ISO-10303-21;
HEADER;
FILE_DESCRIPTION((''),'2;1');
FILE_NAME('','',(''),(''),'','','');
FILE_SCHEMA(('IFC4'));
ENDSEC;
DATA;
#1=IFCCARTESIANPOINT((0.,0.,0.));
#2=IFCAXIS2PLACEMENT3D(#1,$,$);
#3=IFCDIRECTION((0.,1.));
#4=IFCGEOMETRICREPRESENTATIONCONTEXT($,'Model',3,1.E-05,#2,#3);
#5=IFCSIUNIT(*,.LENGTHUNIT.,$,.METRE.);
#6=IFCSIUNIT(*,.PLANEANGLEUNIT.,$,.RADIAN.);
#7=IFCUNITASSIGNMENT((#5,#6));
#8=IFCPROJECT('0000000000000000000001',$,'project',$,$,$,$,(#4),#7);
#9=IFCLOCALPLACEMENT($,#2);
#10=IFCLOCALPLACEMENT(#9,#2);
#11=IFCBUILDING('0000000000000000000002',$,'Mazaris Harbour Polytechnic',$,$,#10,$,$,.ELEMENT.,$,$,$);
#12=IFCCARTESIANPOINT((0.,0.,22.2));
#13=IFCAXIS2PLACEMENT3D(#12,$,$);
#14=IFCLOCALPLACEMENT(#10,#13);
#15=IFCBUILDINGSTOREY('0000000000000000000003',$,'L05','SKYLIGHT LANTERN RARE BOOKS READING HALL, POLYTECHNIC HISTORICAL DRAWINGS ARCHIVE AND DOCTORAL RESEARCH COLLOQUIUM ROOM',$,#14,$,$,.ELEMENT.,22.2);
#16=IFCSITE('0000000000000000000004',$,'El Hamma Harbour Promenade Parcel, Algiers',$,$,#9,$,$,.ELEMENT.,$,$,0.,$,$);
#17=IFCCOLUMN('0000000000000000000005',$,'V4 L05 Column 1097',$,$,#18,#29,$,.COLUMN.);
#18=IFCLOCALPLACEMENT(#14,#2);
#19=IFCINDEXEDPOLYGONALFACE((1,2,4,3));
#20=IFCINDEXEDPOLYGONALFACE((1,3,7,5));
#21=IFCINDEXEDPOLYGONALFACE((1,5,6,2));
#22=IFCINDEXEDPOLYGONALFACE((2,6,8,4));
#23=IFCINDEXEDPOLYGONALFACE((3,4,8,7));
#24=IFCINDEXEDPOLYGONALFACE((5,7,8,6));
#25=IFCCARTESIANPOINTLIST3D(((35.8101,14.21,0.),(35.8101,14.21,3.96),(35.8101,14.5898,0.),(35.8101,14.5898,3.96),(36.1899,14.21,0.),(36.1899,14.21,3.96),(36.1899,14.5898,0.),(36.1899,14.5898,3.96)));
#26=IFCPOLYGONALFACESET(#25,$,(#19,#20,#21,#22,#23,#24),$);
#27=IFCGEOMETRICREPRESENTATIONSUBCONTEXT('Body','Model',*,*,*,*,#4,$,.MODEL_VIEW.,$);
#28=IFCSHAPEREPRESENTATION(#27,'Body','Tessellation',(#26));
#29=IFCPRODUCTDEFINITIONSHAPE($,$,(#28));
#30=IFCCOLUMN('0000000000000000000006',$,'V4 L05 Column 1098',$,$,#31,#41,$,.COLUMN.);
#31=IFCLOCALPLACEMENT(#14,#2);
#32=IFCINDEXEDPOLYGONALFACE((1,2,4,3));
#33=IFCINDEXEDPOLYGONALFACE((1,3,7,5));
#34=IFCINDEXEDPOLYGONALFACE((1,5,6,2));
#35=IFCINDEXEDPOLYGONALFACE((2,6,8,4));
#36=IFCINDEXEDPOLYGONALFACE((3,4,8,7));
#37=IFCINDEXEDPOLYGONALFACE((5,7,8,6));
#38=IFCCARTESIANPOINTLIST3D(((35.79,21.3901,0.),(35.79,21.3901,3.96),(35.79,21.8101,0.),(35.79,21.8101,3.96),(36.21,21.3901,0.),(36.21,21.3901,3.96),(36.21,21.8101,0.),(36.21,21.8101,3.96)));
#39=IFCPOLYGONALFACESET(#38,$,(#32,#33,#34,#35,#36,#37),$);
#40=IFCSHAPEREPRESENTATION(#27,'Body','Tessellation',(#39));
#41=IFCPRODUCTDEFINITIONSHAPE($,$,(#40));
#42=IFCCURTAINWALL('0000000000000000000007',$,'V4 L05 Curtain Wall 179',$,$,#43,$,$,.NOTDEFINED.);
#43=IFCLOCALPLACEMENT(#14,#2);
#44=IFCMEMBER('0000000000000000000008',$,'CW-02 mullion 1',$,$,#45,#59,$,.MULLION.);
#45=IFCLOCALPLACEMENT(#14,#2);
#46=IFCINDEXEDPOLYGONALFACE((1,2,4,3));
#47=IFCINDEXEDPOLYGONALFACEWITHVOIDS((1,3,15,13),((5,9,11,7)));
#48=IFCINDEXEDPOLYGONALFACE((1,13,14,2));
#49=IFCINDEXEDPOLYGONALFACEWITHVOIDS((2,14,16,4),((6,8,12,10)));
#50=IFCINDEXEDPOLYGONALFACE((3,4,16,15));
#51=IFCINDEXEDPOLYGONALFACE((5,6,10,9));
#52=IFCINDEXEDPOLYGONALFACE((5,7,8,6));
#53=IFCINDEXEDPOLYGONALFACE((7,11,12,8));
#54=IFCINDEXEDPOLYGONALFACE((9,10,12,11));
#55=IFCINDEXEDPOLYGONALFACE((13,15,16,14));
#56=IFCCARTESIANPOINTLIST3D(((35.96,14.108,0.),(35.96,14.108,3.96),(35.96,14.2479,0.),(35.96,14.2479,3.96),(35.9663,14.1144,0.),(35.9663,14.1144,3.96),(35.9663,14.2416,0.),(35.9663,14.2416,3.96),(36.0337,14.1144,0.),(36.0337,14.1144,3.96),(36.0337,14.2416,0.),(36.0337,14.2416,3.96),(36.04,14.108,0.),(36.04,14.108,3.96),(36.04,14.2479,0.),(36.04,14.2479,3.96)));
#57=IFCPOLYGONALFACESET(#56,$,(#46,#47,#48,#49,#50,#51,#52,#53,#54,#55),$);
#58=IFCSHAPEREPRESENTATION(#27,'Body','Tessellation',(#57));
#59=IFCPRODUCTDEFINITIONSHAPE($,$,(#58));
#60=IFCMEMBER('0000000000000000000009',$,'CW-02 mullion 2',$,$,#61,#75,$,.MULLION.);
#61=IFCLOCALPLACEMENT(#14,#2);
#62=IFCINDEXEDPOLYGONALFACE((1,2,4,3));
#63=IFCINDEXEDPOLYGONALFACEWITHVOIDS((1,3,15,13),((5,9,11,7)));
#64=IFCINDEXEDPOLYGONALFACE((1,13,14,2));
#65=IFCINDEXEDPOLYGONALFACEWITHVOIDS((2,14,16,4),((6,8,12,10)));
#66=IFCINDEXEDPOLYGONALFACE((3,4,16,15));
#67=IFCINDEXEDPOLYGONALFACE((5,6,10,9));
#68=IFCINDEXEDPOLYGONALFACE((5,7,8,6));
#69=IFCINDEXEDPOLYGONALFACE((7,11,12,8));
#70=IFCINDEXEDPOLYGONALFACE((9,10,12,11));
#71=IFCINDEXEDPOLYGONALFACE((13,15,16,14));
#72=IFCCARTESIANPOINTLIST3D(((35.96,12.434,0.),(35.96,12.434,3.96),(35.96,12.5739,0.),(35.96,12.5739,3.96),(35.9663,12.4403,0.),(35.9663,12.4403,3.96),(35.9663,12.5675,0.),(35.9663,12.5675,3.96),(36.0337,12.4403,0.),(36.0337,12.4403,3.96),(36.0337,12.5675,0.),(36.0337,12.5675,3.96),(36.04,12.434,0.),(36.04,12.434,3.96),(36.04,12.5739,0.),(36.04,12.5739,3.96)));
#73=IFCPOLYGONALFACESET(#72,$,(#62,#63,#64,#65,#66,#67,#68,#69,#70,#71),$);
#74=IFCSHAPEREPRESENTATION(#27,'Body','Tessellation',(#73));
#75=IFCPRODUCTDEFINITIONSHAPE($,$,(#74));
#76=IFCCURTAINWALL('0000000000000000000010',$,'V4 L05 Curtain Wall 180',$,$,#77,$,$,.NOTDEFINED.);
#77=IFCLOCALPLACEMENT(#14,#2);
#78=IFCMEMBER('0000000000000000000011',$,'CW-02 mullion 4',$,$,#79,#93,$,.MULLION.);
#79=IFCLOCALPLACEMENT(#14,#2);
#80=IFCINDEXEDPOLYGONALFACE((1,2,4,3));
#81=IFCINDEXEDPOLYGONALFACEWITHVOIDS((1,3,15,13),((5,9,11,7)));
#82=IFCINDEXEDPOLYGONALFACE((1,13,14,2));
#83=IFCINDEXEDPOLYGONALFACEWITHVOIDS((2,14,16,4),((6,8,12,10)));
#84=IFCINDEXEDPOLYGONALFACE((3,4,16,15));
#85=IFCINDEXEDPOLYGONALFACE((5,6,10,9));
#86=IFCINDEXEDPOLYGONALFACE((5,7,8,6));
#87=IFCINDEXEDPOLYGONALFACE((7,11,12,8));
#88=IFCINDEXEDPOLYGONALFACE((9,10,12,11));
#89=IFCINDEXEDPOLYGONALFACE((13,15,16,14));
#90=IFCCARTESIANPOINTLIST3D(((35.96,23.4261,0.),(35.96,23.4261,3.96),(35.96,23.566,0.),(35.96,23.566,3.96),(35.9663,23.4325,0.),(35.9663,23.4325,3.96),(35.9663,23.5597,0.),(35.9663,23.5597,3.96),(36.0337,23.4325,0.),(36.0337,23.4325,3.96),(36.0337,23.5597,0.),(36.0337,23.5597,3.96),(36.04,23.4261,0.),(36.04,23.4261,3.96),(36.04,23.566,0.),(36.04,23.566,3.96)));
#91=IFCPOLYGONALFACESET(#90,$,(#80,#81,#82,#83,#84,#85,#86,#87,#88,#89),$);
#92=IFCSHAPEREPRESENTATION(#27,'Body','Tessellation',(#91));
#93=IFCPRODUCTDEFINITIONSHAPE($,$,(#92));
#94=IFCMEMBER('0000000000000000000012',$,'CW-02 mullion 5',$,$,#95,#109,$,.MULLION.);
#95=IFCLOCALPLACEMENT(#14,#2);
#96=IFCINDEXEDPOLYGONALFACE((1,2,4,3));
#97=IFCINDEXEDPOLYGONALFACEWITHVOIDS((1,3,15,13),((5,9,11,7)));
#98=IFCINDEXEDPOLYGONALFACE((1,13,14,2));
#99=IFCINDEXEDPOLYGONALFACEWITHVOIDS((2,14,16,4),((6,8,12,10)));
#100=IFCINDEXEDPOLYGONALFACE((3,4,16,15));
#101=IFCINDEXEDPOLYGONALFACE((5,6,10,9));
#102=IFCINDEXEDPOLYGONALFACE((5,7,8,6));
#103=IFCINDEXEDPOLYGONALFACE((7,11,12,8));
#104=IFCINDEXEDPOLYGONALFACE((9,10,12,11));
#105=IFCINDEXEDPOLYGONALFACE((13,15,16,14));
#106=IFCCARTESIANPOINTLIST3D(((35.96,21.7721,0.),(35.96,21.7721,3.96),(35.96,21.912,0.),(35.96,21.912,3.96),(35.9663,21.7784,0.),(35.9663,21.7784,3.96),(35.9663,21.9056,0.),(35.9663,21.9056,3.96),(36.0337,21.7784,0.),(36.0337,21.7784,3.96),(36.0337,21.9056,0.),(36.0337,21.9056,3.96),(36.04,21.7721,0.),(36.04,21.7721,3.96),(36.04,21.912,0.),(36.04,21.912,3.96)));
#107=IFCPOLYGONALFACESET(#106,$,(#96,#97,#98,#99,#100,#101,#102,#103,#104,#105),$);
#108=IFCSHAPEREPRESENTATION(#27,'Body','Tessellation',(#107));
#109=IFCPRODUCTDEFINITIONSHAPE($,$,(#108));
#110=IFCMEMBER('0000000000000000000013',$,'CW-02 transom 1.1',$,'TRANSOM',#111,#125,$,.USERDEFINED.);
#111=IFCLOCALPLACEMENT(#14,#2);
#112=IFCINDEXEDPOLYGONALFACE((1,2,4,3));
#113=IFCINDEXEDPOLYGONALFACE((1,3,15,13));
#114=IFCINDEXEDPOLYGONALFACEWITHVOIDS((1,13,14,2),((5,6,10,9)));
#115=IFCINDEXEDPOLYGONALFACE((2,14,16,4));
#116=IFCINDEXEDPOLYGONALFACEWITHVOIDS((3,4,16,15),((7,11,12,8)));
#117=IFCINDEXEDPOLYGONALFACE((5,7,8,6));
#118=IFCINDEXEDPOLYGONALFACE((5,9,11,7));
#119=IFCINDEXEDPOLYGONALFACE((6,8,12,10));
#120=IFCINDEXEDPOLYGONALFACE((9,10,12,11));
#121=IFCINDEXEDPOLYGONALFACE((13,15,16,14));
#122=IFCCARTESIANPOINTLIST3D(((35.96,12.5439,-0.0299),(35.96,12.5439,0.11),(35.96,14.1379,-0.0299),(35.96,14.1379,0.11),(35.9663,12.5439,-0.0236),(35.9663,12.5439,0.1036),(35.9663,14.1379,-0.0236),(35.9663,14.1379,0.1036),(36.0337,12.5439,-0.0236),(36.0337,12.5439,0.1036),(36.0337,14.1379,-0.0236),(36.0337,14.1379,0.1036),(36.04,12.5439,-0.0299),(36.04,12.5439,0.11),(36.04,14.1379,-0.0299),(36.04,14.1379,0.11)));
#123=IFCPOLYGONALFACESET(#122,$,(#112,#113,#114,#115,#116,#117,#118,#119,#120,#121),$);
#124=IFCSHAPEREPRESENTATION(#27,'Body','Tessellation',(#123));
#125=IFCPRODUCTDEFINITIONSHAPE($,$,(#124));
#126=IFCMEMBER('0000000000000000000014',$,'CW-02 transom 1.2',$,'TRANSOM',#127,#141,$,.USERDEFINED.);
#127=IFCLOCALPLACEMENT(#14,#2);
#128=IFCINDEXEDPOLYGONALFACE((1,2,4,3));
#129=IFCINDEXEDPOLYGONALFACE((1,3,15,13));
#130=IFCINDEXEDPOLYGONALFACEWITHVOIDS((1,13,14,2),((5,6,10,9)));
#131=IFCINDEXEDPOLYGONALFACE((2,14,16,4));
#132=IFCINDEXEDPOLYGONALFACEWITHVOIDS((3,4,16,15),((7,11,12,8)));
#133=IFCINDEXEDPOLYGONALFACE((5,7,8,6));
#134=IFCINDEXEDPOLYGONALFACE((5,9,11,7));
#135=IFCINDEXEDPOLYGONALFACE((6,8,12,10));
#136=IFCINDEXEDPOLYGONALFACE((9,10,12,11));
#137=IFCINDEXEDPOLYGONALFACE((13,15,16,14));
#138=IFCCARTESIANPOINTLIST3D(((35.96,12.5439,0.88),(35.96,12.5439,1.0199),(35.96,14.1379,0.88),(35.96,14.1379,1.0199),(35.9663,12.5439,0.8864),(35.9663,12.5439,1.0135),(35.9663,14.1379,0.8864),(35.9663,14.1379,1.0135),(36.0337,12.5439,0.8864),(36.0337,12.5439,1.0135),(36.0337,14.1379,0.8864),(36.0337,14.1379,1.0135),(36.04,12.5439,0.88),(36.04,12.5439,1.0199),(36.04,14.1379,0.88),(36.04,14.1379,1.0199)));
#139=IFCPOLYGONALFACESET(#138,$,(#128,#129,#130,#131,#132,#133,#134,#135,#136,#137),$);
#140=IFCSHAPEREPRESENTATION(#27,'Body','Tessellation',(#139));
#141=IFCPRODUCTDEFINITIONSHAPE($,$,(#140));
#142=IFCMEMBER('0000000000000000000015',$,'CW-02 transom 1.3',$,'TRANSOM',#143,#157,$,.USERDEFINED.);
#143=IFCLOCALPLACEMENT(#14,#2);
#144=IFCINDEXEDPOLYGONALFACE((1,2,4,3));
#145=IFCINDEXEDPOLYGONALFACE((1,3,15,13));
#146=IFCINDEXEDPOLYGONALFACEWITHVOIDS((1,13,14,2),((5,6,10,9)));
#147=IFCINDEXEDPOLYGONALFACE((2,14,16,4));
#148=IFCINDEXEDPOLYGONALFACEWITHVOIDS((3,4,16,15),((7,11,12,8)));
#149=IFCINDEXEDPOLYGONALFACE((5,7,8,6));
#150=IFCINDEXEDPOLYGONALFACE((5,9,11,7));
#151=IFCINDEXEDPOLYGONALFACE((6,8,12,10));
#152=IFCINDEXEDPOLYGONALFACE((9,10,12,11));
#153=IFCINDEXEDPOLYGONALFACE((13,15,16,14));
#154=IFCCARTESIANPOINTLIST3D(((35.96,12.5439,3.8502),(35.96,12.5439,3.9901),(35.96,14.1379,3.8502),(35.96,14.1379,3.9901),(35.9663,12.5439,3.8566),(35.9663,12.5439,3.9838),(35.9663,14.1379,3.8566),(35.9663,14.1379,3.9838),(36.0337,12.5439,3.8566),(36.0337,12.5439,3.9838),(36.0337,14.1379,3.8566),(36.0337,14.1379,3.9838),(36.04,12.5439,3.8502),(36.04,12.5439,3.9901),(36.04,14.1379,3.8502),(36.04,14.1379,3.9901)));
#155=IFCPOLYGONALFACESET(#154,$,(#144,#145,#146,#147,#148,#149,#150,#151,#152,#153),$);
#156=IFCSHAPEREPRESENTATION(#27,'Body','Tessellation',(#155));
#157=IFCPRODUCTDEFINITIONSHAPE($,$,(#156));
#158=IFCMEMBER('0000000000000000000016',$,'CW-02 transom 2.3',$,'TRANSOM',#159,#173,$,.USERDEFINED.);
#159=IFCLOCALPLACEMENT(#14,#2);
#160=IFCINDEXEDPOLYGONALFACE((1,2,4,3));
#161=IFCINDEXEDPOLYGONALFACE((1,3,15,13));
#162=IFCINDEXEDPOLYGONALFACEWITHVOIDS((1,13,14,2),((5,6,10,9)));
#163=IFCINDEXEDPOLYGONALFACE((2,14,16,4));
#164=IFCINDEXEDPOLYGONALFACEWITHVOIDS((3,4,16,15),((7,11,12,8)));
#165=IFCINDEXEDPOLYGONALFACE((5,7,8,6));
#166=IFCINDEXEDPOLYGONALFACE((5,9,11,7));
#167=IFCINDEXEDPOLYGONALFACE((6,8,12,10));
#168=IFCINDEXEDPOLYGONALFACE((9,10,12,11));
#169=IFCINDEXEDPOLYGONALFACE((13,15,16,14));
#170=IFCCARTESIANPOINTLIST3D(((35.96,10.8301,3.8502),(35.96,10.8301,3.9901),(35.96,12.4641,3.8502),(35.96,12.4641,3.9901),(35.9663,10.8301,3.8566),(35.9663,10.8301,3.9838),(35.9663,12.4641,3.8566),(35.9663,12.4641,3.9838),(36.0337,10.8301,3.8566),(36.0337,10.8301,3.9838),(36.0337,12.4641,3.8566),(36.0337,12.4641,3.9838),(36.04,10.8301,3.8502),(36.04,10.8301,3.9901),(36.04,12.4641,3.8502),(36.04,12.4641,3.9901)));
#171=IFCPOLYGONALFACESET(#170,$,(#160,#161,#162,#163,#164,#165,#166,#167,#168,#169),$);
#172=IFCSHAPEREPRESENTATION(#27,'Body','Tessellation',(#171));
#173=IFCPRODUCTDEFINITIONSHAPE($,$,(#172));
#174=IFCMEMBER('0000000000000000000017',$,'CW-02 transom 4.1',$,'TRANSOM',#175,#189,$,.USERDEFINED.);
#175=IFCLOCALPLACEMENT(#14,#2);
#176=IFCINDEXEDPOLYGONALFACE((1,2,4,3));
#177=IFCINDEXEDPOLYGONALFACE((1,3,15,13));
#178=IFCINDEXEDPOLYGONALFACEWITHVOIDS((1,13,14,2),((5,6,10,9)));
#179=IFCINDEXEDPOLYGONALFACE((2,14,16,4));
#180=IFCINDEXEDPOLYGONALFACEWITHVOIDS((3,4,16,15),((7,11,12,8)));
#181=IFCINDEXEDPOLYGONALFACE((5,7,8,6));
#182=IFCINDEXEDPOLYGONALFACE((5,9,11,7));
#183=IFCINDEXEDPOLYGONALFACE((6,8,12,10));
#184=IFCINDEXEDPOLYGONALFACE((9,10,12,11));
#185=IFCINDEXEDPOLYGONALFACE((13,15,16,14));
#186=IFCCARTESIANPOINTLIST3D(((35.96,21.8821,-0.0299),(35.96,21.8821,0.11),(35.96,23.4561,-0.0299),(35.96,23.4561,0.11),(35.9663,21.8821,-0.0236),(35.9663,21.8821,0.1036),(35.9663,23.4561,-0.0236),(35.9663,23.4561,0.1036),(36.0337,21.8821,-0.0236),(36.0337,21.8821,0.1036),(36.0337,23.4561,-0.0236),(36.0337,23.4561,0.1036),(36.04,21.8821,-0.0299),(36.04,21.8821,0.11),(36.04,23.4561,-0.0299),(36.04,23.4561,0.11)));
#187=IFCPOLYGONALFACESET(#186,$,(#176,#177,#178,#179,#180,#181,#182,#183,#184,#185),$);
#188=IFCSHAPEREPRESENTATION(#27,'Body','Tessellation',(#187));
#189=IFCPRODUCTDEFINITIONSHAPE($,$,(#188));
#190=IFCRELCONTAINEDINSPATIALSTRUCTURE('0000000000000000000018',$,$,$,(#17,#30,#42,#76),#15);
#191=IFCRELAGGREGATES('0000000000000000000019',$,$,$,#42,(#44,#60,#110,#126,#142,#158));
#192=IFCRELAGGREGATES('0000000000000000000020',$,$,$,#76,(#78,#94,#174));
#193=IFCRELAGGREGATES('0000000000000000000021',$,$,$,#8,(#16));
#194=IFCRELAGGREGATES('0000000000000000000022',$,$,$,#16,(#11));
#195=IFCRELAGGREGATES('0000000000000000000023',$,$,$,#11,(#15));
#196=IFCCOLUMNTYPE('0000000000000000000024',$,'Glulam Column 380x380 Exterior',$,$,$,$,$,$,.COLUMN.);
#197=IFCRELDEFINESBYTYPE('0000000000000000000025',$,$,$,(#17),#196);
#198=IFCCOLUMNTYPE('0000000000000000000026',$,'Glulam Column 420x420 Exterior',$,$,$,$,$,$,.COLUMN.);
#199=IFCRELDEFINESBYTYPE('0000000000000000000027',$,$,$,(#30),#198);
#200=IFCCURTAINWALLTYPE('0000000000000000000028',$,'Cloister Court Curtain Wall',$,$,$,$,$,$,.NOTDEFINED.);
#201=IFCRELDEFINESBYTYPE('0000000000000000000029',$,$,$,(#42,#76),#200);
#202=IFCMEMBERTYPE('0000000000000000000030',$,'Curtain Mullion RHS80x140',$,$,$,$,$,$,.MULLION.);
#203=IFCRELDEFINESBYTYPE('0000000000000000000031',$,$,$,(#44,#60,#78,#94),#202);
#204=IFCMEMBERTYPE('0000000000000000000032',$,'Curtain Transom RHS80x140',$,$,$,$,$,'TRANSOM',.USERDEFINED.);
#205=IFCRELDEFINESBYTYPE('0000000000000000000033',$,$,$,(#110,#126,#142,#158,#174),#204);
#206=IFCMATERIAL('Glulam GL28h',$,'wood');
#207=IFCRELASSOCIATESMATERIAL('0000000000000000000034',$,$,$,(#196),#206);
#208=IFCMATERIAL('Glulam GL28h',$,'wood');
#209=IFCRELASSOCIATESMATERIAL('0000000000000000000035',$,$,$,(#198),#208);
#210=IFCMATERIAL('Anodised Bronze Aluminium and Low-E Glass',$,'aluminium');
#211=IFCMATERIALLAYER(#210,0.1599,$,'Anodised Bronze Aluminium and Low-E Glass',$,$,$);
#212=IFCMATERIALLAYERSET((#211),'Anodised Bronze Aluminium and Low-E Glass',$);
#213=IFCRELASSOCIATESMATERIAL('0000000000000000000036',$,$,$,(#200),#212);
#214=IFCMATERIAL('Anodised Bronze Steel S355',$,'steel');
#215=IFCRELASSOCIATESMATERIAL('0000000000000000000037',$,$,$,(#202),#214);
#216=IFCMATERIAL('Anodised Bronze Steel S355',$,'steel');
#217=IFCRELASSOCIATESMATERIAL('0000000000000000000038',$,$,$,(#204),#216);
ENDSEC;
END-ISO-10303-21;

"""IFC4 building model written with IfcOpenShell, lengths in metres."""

from ifc_helpers import new_model, si_unit, direction, frame, origin, origin_2d, place, context, subcontext, project, spatial, rectangle, hollow_rectangle, extrude, material, layer, layer_set, material_profile, profile_set, type_object, element, aggregate, save


model = new_model("IFC4")

# Units and contexts
model_context = context("Model", 3, precision=1e-05, world=origin(), true_north=direction((0.0, 1.0)))
body_context = subcontext(model_context, "Body", "Model", "MODEL_VIEW")
ifc_project = project(units=[si_unit("LENGTHUNIT", "METRE"), si_unit("PLANEANGLEUNIT", "RADIAN")], contexts=[model_context])

# Site, building, storey
site_placement = place(None, origin())
site = spatial("IfcSite", under=ifc_project, at=site_placement, Name="El Hamma Harbour Promenade Parcel, Algiers", CompositionType="ELEMENT", RefElevation=0.0)
building_placement = place(site_placement, origin())
building = spatial("IfcBuilding", under=site, at=building_placement, Name="Mazaris Harbour Polytechnic", CompositionType="ELEMENT")
storey_placement = place(building_placement, frame((0.0, 0.0, 22.2)))
storey = spatial("IfcBuildingStorey", under=building, at=storey_placement, Name="L05", Description="SKYLIGHT LANTERN RARE BOOKS READING HALL, POLYTECHNIC HISTORICAL DRAWINGS ARCHIVE AND DOCTORAL RESEARCH COLLOQUIUM ROOM", CompositionType="ELEMENT", Elevation=22.2)

# Columns
ifc_material_1 = material(Name="Glulam GL28h", Category="wood")
ifc_material_profile_1 = material_profile(ifc_material_1, rectangle(XDim=0.3799, YDim=0.3799, at=origin_2d()), Name="RECT380x380")
ifc_profile_set_1 = profile_set([ifc_material_profile_1], Name="Glulam GL28h")
column_type_1 = type_object("IfcColumnType", Name="Glulam Column 380x380 Exterior", PredefinedType="COLUMN", material=ifc_profile_set_1)
column_1_placement = place(storey_placement, frame((36.0, 14.3999, 0.0), z_axis=(0.0, 0.0, 1.0), x_axis=(1.0, 0.0, 0.0)))
element("IfcColumn", 1, at=column_1_placement, inside=storey, type_object=column_type_1, Name="V4 L05 Column 1097", PredefinedType="COLUMN", context=body_context, shape_type="SweptSolid", body=[
    extrude(rectangle(XDim=0.3799, YDim=0.3799, at=origin_2d()), origin(), (0.0, 0.0, 1.0), 3.96),
])
ifc_material_2 = material(Name="Glulam GL28h", Category="wood")
ifc_material_profile_2 = material_profile(ifc_material_2, rectangle(XDim=0.4199, YDim=0.4199, at=origin_2d()), Name="RECT420x420")
ifc_profile_set_2 = profile_set([ifc_material_profile_2], Name="Glulam GL28h")
column_type_2 = type_object("IfcColumnType", Name="Glulam Column 420x420 Exterior", PredefinedType="COLUMN", material=ifc_profile_set_2)
column_2_placement = place(storey_placement, frame((36.0, 21.6001, 0.0), z_axis=(0.0, 0.0, 1.0), x_axis=(1.0, 0.0, 0.0)))
element("IfcColumn", 2, at=column_2_placement, inside=storey, type_object=column_type_2, Name="V4 L05 Column 1098", PredefinedType="COLUMN", context=body_context, shape_type="SweptSolid", body=[
    extrude(rectangle(XDim=0.4199, YDim=0.4199, at=origin_2d()), origin(), (0.0, 0.0, 1.0), 3.96),
])

# Curtain walls, members
ifc_material_3 = material(Name="Anodised Bronze Aluminium and Low-E Glass", Category="aluminium")
ifc_layer_1 = layer(ifc_material_3, 0.1599, Name="Anodised Bronze Aluminium and Low-E Glass")
ifc_layer_set_1 = layer_set([ifc_layer_1], Name="Anodised Bronze Aluminium and Low-E Glass")
curtain_wall_type = type_object("IfcCurtainWallType", Name="Cloister Court Curtain Wall", PredefinedType="NOTDEFINED", material=ifc_layer_set_1)
curtain_wall_1_placement = place(storey_placement, origin())
curtain_wall_1 = element("IfcCurtainWall", 3, at=curtain_wall_1_placement, inside=storey, type_object=curtain_wall_type, Name="V4 L05 Curtain Wall 179", PredefinedType="NOTDEFINED")
ifc_material_4 = material(Name="Anodised Bronze Steel S355", Category="steel")
ifc_material_profile_3 = material_profile(ifc_material_4, hollow_rectangle(XDim=0.0801, YDim=0.1399, WallThickness=0.0063, at=origin_2d()), Name="RHS 80x140x6.3")
ifc_profile_set_3 = profile_set([ifc_material_profile_3], Name="Anodised Bronze Steel S355")
member_type_1 = type_object("IfcMemberType", Name="Curtain Mullion RHS80x140", PredefinedType="MULLION", material=ifc_profile_set_3)
member_1_placement = place(storey_placement, frame((36.0, 14.178, 0.0), z_axis=(0.0, 0.0, 1.0), x_axis=(1.0, 0.0, 0.0)))
member_1 = element("IfcMember", 4, at=member_1_placement, type_object=member_type_1, Name="CW-02 mullion 1", PredefinedType="MULLION", context=body_context, shape_type="SweptSolid", body=[
    extrude(hollow_rectangle(XDim=0.0801, YDim=0.1399, WallThickness=0.0063, at=origin_2d()), origin(), (0.0, 0.0, 1.0), 3.96),
])
member_2_placement = place(storey_placement, frame((36.0, 12.5039, 0.0), z_axis=(0.0, 0.0, 1.0), x_axis=(1.0, 0.0, 0.0)))
member_2 = element("IfcMember", 5, at=member_2_placement, type_object=member_type_1, Name="CW-02 mullion 2", PredefinedType="MULLION", context=body_context, shape_type="SweptSolid", body=[
    extrude(hollow_rectangle(XDim=0.0801, YDim=0.1399, WallThickness=0.0063, at=origin_2d()), origin(), (0.0, 0.0, 1.0), 3.96),
])
curtain_wall_2_placement = place(storey_placement, origin())
curtain_wall_2 = element("IfcCurtainWall", 6, at=curtain_wall_2_placement, inside=storey, type_object=curtain_wall_type, Name="V4 L05 Curtain Wall 180", PredefinedType="NOTDEFINED")
member_3_placement = place(storey_placement, frame((36.0, 23.4961, 0.0), z_axis=(0.0, 0.0, 1.0), x_axis=(1.0, 0.0, 0.0)))
member_3 = element("IfcMember", 7, at=member_3_placement, type_object=member_type_1, Name="CW-02 mullion 4", PredefinedType="MULLION", context=body_context, shape_type="SweptSolid", body=[
    extrude(hollow_rectangle(XDim=0.0801, YDim=0.1399, WallThickness=0.0063, at=origin_2d()), origin(), (0.0, 0.0, 1.0), 3.96),
])
member_4_placement = place(storey_placement, frame((36.0, 21.842, 0.0), z_axis=(0.0, 0.0, 1.0), x_axis=(1.0, 0.0, 0.0)))
member_4 = element("IfcMember", 8, at=member_4_placement, type_object=member_type_1, Name="CW-02 mullion 5", PredefinedType="MULLION", context=body_context, shape_type="SweptSolid", body=[
    extrude(hollow_rectangle(XDim=0.0801, YDim=0.1399, WallThickness=0.0063, at=origin_2d()), origin(), (0.0, 0.0, 1.0), 3.96),
])

# Members
ifc_material_5 = material(Name="Anodised Bronze Steel S355", Category="steel")
ifc_material_profile_4 = material_profile(ifc_material_5, hollow_rectangle(XDim=0.0801, YDim=0.1399, WallThickness=0.0063, at=origin_2d()), Name="RHS 80x140x6.3")
ifc_profile_set_4 = profile_set([ifc_material_profile_4], Name="Anodised Bronze Steel S355")
member_type_2 = type_object("IfcMemberType", Name="Curtain Transom RHS80x140", ElementType="TRANSOM", PredefinedType="USERDEFINED", material=ifc_profile_set_4)
member_5_placement = place(storey_placement, frame((36.0, 14.1379, 0.04), z_axis=(0.0, -1.0, 0.0), x_axis=(1.0, 0.0, 0.0)))
member_5 = element("IfcMember", 9, at=member_5_placement, type_object=member_type_2, Name="CW-02 transom 1.1", ObjectType="TRANSOM", PredefinedType="USERDEFINED", context=body_context, shape_type="SweptSolid", body=[
    extrude(hollow_rectangle(XDim=0.0801, YDim=0.1399, WallThickness=0.0063, at=origin_2d()), origin(), (0.0, 0.0, 1.0), 1.594),
])
member_6_placement = place(storey_placement, frame((36.0, 14.1379, 0.95), z_axis=(0.0, -1.0, 0.0), x_axis=(1.0, 0.0, 0.0)))
member_6 = element("IfcMember", 10, at=member_6_placement, type_object=member_type_2, Name="CW-02 transom 1.2", ObjectType="TRANSOM", PredefinedType="USERDEFINED", context=body_context, shape_type="SweptSolid", body=[
    extrude(hollow_rectangle(XDim=0.0801, YDim=0.1399, WallThickness=0.0063, at=origin_2d()), origin(), (0.0, 0.0, 1.0), 1.594),
])
member_7_placement = place(storey_placement, frame((36.0, 14.1379, 3.9202), z_axis=(0.0, -1.0, 0.0), x_axis=(1.0, 0.0, 0.0)))
member_7 = element("IfcMember", 11, at=member_7_placement, type_object=member_type_2, Name="CW-02 transom 1.3", ObjectType="TRANSOM", PredefinedType="USERDEFINED", context=body_context, shape_type="SweptSolid", body=[
    extrude(hollow_rectangle(XDim=0.0801, YDim=0.1399, WallThickness=0.0063, at=origin_2d()), origin(), (0.0, 0.0, 1.0), 1.594),
])
member_8_placement = place(storey_placement, frame((36.0, 12.4641, 3.9202), z_axis=(0.0, -1.0, 0.0), x_axis=(1.0, 0.0, 0.0)))
member_8 = element("IfcMember", 12, at=member_8_placement, type_object=member_type_2, Name="CW-02 transom 2.3", ObjectType="TRANSOM", PredefinedType="USERDEFINED", context=body_context, shape_type="SweptSolid", body=[
    extrude(hollow_rectangle(XDim=0.0801, YDim=0.1399, WallThickness=0.0063, at=origin_2d()), origin(), (0.0, 0.0, 1.0), 1.634),
])
member_9_placement = place(storey_placement, frame((36.0, 23.4561, 0.04), z_axis=(0.0, -1.0, 0.0), x_axis=(1.0, 0.0, 0.0)))
member_9 = element("IfcMember", 13, at=member_9_placement, type_object=member_type_2, Name="CW-02 transom 4.1", ObjectType="TRANSOM", PredefinedType="USERDEFINED", context=body_context, shape_type="SweptSolid", body=[
    extrude(hollow_rectangle(XDim=0.0801, YDim=0.1399, WallThickness=0.0063, at=origin_2d()), origin(), (0.0, 0.0, 1.0), 1.574),
])

aggregate(curtain_wall_1, [member_1, member_2, member_5, member_6, member_7, member_8])
aggregate(curtain_wall_2, [member_3, member_4, member_9])

save(model, "model.ifc")
